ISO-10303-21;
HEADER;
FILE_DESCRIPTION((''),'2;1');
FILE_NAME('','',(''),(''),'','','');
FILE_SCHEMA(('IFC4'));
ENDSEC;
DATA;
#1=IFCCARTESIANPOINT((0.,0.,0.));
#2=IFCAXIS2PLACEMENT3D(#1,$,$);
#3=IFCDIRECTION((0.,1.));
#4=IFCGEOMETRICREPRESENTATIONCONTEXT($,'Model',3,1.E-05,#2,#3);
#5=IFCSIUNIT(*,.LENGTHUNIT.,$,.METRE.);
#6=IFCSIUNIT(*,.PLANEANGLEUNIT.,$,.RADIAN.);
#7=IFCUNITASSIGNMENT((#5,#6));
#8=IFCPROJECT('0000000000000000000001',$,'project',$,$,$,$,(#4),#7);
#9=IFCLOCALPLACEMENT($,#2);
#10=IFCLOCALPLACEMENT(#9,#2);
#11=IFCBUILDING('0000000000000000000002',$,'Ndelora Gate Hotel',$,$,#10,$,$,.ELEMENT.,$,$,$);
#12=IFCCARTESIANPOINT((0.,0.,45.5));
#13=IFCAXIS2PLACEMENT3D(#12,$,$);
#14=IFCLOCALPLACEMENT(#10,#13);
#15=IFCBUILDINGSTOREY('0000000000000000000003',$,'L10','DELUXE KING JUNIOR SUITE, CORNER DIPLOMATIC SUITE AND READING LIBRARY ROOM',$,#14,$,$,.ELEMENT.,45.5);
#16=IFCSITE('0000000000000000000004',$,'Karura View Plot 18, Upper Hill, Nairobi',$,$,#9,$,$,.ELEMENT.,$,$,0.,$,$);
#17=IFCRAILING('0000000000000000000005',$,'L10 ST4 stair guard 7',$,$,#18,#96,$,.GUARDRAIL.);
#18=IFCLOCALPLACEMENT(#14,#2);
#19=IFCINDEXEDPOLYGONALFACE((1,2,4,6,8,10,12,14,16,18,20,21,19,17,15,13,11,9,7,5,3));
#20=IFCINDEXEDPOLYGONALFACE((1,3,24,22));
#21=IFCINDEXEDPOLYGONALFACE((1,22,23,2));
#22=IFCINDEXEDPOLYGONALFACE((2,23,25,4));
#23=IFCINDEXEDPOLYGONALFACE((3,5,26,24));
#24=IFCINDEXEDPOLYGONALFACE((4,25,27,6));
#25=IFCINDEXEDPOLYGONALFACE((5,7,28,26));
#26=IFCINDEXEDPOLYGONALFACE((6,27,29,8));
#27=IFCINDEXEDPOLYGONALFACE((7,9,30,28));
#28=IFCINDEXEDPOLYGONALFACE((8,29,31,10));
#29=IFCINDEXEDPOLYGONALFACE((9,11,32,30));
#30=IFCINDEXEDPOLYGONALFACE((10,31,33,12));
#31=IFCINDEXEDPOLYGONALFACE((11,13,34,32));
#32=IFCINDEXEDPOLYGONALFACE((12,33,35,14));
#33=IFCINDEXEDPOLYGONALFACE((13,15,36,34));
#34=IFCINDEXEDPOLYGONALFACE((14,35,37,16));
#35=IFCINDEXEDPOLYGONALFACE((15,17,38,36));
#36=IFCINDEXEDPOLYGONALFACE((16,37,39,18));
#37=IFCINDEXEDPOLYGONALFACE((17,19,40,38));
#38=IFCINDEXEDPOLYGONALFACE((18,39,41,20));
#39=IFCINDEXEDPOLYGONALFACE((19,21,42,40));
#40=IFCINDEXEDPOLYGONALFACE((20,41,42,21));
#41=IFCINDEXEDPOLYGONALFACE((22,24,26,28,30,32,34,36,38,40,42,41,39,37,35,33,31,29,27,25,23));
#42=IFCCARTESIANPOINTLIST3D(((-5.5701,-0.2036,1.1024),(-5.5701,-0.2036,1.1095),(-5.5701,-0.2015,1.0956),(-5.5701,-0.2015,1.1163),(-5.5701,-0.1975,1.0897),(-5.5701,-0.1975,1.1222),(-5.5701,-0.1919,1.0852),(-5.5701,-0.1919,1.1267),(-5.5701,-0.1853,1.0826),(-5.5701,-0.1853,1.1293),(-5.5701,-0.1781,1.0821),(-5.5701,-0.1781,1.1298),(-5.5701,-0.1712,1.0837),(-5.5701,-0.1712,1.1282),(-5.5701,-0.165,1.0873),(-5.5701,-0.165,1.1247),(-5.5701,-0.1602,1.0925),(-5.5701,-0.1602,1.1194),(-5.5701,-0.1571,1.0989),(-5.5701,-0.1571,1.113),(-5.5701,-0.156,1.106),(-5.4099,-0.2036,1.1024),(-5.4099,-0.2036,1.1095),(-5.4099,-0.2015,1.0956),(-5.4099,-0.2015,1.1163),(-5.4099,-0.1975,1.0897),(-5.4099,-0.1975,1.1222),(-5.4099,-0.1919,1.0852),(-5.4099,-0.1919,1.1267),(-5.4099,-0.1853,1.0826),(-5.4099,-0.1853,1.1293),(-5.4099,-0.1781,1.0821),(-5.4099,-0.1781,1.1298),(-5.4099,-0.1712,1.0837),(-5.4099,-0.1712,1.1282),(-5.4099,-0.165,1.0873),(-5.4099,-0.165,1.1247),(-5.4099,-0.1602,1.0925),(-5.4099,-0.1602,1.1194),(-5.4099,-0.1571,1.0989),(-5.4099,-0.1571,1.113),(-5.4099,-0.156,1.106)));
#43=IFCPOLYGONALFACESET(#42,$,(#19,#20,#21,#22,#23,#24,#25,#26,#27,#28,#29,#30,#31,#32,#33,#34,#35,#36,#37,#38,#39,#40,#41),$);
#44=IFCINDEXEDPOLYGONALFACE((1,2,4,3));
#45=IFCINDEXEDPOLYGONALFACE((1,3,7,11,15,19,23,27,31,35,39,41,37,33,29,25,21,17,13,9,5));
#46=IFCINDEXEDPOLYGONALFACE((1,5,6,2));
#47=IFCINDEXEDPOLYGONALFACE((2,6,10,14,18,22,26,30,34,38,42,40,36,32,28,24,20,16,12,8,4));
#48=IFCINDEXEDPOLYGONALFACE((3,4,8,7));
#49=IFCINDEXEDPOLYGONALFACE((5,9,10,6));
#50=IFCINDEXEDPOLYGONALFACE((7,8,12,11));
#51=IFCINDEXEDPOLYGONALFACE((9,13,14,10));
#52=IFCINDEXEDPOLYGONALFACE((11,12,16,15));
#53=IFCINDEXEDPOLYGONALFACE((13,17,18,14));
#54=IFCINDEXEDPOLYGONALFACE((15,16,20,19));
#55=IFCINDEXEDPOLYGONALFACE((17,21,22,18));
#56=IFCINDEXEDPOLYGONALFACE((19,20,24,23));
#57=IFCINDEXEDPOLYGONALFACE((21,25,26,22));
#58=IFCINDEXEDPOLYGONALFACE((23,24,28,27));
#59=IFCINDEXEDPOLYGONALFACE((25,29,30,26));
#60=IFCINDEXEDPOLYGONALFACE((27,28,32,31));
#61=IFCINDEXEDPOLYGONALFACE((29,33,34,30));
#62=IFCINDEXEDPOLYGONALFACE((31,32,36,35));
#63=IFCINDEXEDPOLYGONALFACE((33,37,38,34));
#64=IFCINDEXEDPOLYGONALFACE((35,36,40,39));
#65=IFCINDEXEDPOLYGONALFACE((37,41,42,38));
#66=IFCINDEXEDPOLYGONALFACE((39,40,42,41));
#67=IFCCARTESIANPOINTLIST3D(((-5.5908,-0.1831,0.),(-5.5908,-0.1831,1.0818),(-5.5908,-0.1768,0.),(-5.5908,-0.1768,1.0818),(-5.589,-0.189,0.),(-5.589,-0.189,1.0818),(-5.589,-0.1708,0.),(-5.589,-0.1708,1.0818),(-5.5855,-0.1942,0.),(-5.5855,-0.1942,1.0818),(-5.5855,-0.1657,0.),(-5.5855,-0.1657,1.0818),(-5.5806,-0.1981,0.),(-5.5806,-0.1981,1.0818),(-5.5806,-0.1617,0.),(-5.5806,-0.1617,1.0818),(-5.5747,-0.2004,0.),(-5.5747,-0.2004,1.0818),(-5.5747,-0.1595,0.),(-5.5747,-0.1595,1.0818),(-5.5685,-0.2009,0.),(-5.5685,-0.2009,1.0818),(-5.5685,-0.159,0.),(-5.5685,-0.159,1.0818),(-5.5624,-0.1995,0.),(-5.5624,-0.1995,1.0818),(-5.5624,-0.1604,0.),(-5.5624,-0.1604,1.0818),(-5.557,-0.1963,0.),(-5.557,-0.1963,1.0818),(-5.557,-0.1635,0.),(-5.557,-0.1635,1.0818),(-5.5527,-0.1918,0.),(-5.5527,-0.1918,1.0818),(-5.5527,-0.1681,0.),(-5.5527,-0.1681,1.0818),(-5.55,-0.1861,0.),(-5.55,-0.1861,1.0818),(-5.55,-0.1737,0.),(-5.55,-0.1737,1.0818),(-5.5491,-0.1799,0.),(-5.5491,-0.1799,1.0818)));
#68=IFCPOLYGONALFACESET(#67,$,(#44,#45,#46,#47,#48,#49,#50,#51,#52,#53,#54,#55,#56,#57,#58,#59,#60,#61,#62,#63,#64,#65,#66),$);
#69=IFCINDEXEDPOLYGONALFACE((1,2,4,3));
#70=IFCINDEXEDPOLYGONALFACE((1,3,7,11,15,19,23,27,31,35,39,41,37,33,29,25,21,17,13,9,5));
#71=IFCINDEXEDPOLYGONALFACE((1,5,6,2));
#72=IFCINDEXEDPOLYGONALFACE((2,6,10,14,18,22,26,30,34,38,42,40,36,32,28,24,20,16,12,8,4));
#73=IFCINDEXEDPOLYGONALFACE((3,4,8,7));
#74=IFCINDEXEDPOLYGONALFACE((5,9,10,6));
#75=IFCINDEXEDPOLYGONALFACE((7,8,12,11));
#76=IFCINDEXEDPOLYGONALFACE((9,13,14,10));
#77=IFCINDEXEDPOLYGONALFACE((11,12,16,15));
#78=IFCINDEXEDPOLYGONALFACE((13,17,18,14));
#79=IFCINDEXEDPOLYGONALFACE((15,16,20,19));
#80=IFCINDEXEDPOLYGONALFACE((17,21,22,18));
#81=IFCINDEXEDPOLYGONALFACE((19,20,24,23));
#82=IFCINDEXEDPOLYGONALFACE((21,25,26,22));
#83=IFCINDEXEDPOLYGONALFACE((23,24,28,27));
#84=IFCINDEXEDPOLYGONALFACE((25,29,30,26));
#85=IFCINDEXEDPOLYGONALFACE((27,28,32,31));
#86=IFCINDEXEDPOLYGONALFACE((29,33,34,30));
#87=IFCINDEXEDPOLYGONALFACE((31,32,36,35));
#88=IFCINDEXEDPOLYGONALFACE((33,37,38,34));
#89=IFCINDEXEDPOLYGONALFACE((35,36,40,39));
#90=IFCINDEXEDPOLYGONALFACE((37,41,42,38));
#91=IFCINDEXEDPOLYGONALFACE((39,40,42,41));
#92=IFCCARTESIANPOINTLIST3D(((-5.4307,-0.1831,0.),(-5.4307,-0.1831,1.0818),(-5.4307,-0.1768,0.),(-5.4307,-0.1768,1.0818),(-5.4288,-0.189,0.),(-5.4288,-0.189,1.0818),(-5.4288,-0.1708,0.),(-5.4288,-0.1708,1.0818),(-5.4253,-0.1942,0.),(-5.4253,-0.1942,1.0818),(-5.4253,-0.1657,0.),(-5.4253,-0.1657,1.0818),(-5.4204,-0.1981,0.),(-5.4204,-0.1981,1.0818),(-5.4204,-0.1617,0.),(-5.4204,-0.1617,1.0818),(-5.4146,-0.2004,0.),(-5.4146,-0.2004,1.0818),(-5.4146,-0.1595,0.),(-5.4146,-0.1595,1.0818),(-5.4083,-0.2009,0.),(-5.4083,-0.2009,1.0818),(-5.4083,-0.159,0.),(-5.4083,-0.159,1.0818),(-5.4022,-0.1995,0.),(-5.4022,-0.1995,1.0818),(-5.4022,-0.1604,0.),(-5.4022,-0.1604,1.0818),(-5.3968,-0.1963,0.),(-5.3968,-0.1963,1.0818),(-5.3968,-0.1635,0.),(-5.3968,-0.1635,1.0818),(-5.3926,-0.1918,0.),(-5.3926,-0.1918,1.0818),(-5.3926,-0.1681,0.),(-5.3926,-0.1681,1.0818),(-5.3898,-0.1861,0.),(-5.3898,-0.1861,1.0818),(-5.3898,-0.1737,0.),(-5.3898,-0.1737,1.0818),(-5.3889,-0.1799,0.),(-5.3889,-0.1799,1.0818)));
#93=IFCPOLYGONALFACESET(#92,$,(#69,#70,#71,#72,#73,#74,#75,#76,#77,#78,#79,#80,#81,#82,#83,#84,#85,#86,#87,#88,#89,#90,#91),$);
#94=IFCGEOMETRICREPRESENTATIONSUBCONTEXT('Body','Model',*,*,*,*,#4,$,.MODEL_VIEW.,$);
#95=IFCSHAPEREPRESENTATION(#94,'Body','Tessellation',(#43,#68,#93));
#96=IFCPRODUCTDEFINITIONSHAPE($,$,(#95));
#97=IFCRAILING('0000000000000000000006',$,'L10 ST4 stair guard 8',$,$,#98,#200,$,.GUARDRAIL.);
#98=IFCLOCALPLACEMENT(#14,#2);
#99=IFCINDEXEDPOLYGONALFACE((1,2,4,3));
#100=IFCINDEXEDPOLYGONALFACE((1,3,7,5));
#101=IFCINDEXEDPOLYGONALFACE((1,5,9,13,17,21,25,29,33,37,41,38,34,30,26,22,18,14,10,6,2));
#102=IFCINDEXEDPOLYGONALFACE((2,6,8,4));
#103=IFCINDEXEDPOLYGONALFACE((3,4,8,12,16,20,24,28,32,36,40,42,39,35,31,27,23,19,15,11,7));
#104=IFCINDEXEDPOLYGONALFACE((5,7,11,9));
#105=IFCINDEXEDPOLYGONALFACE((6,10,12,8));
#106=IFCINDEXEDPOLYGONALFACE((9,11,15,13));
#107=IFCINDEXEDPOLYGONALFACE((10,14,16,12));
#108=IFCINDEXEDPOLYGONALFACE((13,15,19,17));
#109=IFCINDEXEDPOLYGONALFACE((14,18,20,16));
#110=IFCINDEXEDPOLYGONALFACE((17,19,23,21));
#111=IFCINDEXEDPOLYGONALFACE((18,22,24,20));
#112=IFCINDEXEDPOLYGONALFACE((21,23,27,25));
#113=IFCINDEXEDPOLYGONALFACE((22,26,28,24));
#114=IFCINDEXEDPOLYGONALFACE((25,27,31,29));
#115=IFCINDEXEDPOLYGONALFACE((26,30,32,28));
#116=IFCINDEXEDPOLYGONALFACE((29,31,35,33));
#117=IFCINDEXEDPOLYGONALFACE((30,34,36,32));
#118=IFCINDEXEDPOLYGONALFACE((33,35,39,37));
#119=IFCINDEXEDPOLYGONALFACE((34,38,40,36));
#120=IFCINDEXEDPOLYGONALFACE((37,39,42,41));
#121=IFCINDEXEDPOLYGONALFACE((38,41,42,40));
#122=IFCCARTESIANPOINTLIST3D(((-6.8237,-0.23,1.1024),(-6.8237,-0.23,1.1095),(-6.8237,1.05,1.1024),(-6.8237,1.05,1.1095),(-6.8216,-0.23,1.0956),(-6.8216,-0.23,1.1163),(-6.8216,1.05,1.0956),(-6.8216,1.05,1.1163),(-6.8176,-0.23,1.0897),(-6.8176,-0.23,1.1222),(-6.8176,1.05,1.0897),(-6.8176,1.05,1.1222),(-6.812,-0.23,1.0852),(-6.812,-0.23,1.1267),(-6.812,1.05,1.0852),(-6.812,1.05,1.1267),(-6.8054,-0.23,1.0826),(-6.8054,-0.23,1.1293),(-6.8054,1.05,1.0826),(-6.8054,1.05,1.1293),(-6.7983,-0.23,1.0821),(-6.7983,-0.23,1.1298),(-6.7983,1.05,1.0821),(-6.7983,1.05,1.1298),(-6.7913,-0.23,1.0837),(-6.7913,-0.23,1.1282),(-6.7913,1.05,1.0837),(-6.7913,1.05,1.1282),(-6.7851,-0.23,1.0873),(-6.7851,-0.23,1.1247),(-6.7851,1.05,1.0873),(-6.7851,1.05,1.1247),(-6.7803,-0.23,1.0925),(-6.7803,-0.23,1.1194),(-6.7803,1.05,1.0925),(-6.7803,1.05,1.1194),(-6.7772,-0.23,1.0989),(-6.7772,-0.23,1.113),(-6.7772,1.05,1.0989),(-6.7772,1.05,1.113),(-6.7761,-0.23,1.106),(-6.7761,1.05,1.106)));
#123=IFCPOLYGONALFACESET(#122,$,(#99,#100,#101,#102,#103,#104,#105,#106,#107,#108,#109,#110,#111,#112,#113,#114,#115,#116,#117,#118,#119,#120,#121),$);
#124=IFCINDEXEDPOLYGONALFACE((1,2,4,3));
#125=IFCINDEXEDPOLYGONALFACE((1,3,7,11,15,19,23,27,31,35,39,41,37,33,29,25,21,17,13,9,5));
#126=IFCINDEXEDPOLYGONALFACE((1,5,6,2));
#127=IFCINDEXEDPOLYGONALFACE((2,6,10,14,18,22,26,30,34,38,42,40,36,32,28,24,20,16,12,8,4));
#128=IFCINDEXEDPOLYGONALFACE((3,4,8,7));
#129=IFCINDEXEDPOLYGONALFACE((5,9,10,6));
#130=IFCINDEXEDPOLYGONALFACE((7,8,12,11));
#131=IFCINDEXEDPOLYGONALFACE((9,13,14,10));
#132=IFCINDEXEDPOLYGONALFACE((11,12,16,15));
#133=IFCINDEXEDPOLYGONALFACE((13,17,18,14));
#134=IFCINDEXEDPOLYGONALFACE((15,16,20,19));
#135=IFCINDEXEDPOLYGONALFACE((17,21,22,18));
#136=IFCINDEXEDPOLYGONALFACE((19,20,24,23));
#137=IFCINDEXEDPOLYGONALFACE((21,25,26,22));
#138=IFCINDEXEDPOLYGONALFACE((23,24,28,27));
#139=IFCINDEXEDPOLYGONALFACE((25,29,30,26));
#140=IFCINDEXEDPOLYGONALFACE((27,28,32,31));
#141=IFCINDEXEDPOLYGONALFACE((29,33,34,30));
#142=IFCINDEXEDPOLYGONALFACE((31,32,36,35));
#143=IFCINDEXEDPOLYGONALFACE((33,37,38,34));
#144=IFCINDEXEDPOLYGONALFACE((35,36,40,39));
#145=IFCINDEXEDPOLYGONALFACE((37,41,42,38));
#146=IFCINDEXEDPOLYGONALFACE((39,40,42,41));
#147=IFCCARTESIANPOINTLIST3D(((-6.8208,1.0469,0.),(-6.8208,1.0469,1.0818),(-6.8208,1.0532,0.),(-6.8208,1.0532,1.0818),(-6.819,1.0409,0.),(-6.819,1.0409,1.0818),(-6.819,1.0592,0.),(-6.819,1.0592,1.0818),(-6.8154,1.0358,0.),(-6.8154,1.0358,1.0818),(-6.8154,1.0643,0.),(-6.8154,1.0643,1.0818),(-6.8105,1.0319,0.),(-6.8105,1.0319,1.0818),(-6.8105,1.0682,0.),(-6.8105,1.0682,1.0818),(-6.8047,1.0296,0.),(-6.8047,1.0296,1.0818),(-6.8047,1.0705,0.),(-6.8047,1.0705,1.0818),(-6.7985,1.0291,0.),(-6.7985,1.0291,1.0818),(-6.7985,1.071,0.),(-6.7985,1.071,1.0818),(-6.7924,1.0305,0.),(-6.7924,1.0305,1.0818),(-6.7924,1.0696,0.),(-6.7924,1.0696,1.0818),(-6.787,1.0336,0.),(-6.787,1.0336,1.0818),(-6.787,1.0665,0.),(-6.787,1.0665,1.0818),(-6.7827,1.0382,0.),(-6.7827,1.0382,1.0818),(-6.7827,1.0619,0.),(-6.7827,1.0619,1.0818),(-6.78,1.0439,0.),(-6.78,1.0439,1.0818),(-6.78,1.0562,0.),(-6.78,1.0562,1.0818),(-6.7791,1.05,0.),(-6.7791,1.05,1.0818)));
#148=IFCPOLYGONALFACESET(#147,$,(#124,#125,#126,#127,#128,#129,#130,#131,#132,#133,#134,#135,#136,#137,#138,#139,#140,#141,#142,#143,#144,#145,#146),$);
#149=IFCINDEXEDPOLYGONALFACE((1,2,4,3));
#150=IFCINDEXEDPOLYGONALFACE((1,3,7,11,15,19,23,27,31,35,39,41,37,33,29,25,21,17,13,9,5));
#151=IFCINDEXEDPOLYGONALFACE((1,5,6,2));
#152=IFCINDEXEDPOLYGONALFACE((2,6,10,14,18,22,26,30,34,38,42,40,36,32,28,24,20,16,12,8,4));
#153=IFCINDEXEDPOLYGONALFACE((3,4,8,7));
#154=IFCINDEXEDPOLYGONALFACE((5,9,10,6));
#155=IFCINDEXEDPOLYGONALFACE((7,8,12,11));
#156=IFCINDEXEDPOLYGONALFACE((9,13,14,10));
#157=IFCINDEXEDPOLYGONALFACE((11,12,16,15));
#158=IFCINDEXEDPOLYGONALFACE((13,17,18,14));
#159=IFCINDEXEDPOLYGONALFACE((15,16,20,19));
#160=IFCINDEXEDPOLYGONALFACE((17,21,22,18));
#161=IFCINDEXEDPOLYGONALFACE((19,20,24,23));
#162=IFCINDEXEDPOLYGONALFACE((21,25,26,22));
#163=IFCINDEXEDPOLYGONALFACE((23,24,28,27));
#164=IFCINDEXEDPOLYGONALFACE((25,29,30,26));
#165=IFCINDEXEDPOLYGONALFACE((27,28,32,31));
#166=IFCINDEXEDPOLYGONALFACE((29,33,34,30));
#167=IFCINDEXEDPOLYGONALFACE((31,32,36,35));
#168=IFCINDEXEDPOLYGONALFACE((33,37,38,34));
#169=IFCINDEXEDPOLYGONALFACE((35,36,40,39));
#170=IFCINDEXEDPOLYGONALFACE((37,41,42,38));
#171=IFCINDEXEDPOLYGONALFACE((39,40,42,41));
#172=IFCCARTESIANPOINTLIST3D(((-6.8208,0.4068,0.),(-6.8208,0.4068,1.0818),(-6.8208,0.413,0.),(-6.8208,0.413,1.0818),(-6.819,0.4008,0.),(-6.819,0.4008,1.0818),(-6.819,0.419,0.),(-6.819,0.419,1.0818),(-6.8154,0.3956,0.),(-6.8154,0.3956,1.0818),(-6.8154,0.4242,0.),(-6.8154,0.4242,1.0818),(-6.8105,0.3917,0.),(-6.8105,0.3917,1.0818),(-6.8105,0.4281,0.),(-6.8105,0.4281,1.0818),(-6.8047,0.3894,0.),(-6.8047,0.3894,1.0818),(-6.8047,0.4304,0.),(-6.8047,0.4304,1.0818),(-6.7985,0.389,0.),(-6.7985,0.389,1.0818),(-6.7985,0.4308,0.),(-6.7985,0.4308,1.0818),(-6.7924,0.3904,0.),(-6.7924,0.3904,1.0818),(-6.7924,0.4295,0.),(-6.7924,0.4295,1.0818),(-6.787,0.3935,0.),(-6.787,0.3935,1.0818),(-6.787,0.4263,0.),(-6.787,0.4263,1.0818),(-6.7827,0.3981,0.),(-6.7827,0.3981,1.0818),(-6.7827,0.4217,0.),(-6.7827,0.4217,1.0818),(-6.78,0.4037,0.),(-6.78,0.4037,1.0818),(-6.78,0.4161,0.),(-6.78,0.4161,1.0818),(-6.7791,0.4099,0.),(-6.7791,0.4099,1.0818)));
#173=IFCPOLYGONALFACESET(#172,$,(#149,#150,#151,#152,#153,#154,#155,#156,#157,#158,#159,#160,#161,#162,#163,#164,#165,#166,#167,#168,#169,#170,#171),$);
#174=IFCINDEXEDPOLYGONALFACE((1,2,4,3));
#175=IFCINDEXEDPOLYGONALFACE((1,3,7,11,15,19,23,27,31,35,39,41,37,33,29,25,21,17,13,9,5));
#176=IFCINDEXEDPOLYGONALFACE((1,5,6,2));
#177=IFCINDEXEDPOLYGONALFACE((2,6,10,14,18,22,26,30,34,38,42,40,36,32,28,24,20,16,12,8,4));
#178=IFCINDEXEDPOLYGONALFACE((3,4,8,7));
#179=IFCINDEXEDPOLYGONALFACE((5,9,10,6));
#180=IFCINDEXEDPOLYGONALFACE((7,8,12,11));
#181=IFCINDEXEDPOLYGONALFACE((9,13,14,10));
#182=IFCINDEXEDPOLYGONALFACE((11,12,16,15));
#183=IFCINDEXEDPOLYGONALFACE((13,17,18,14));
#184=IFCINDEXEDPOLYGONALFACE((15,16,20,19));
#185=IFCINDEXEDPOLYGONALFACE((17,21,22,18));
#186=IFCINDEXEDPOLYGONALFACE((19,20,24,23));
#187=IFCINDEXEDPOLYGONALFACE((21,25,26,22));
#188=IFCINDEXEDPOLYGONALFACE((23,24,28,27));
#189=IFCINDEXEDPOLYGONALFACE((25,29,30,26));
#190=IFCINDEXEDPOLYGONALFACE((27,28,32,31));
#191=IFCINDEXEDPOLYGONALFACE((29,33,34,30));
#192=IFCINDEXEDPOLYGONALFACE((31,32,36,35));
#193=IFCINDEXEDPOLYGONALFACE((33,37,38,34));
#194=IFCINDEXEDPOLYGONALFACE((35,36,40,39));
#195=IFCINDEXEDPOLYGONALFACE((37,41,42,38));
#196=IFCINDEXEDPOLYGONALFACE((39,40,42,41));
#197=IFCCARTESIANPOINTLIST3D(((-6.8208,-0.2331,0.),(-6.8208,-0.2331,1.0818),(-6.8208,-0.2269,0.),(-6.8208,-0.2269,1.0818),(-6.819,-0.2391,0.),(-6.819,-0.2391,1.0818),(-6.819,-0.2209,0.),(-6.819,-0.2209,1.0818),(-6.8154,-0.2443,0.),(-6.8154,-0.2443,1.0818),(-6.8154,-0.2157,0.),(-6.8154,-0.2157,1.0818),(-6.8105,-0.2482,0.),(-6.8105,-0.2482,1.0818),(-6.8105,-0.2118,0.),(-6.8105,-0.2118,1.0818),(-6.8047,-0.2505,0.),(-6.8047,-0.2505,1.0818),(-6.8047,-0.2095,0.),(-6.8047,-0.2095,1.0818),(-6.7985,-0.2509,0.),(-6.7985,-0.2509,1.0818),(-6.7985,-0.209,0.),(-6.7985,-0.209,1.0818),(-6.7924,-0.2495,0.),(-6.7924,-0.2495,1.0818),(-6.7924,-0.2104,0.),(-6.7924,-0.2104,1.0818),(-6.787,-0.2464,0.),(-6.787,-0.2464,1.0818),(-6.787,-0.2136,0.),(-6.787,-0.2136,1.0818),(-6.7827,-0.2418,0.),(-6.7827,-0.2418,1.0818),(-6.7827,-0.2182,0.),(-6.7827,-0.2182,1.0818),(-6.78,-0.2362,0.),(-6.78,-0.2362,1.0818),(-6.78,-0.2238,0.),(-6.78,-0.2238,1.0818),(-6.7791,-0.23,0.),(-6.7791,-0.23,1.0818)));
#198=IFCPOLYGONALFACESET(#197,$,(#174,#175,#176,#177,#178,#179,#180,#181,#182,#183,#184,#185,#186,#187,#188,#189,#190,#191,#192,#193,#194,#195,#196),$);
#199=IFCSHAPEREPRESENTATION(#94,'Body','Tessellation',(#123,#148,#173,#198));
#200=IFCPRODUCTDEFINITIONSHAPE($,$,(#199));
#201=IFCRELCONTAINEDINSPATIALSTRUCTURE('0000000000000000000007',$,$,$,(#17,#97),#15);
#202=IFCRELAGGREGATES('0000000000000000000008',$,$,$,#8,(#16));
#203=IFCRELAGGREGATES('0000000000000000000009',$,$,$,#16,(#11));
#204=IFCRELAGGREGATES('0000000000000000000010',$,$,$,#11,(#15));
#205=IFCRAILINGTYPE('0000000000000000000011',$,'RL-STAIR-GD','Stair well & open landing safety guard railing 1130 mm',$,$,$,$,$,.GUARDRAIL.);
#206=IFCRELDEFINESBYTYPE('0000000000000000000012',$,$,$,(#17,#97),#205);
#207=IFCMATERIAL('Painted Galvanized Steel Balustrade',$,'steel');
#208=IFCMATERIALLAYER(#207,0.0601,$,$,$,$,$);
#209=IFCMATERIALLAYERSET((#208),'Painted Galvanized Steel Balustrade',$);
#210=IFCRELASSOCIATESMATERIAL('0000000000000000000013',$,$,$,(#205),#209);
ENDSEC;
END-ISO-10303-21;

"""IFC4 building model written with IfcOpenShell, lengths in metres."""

from ifc_helpers import new_model, si_unit, direction, frame, origin, origin_2d, place, context, subcontext, project, spatial, circle, extrude, material, layer, layer_set, type_object, element, save


model = new_model("IFC4")

# Units and contexts
model_context = context("Model", 3, precision=1e-05, world=origin(), true_north=direction((0.0, 1.0)))
body_context = subcontext(model_context, "Body", "Model", "MODEL_VIEW")
ifc_project = project(units=[si_unit("LENGTHUNIT", "METRE"), si_unit("PLANEANGLEUNIT", "RADIAN")], contexts=[model_context])

# Site, building, storey
site_placement = place(None, origin())
site = spatial("IfcSite", under=ifc_project, at=site_placement, Name="Karura View Plot 18, Upper Hill, Nairobi", CompositionType="ELEMENT", RefElevation=0.0)
building_placement = place(site_placement, origin())
building = spatial("IfcBuilding", under=site, at=building_placement, Name="Ndelora Gate Hotel", CompositionType="ELEMENT")
storey_placement = place(building_placement, frame((0.0, 0.0, 45.5)))
storey = spatial("IfcBuildingStorey", under=building, at=storey_placement, Name="L10", Description="DELUXE KING JUNIOR SUITE, CORNER DIPLOMATIC SUITE AND READING LIBRARY ROOM", CompositionType="ELEMENT", Elevation=45.5)

# Railings
ifc_material_1 = material(Name="Painted Galvanized Steel Balustrade", Category="steel")
ifc_layer_1 = layer(ifc_material_1, 0.0601)
ifc_layer_set_1 = layer_set([ifc_layer_1], Name="Painted Galvanized Steel Balustrade")
railing_type_1 = type_object("IfcRailingType", Name="RL-STAIR-GD", Description="Stair well & open landing safety guard railing 1130 mm", PredefinedType="GUARDRAIL", material=ifc_layer_set_1)
railing_1_placement = place(storey_placement, frame((-5.5701, -0.1799, 0.0)))
element("IfcRailing", 1, at=railing_1_placement, inside=storey, type_object=railing_type_1, Name="L10 ST4 stair guard 7", PredefinedType="GUARDRAIL", context=body_context, shape_type="SweptSolid", body=[
    extrude(circle(Radius=0.0239, at=origin_2d()), frame((0.0, 0.0, 1.106), z_axis=(1.0, 0.0, 0.0), x_axis=(0.0, 1.0, 0.0)), (0.0, 0.0, 1.0), 0.1602),
    extrude(circle(Radius=0.021, at=origin_2d()), origin(), (0.0, 0.0, 1.0), 1.0818),
    extrude(circle(Radius=0.021, at=origin_2d()), frame((0.1602, 0.0, 0.0)), (0.0, 0.0, 1.0), 1.0818),
])
for number, where, name in (
    (2, (-6.8, 1.05, 0.0), "L10 ST4 stair guard 8"),
):
    element("IfcRailing", number, at=place(storey_placement, frame(where)), inside=storey, type_object=railing_type_1, Name=name, PredefinedType="GUARDRAIL", context=body_context, shape_type="SweptSolid", body=[
        extrude(circle(Radius=0.0239, at=origin_2d()), frame((0.0, 0.0, 1.106), z_axis=(0.0, -1.0, 0.0), x_axis=(1.0, 0.0, 0.0)), (0.0, 0.0, 1.0), 1.28),
        extrude(circle(Radius=0.021, at=origin_2d()), origin(), (0.0, 0.0, 1.0), 1.0818),
        extrude(circle(Radius=0.021, at=origin_2d()), frame((0.0, -0.6401, 0.0)), (0.0, 0.0, 1.0), 1.0818),
        extrude(circle(Radius=0.021, at=origin_2d()), frame((0.0, -1.28, 0.0)), (0.0, 0.0, 1.0), 1.0818),
    ])

save(model, "model.ifc")
